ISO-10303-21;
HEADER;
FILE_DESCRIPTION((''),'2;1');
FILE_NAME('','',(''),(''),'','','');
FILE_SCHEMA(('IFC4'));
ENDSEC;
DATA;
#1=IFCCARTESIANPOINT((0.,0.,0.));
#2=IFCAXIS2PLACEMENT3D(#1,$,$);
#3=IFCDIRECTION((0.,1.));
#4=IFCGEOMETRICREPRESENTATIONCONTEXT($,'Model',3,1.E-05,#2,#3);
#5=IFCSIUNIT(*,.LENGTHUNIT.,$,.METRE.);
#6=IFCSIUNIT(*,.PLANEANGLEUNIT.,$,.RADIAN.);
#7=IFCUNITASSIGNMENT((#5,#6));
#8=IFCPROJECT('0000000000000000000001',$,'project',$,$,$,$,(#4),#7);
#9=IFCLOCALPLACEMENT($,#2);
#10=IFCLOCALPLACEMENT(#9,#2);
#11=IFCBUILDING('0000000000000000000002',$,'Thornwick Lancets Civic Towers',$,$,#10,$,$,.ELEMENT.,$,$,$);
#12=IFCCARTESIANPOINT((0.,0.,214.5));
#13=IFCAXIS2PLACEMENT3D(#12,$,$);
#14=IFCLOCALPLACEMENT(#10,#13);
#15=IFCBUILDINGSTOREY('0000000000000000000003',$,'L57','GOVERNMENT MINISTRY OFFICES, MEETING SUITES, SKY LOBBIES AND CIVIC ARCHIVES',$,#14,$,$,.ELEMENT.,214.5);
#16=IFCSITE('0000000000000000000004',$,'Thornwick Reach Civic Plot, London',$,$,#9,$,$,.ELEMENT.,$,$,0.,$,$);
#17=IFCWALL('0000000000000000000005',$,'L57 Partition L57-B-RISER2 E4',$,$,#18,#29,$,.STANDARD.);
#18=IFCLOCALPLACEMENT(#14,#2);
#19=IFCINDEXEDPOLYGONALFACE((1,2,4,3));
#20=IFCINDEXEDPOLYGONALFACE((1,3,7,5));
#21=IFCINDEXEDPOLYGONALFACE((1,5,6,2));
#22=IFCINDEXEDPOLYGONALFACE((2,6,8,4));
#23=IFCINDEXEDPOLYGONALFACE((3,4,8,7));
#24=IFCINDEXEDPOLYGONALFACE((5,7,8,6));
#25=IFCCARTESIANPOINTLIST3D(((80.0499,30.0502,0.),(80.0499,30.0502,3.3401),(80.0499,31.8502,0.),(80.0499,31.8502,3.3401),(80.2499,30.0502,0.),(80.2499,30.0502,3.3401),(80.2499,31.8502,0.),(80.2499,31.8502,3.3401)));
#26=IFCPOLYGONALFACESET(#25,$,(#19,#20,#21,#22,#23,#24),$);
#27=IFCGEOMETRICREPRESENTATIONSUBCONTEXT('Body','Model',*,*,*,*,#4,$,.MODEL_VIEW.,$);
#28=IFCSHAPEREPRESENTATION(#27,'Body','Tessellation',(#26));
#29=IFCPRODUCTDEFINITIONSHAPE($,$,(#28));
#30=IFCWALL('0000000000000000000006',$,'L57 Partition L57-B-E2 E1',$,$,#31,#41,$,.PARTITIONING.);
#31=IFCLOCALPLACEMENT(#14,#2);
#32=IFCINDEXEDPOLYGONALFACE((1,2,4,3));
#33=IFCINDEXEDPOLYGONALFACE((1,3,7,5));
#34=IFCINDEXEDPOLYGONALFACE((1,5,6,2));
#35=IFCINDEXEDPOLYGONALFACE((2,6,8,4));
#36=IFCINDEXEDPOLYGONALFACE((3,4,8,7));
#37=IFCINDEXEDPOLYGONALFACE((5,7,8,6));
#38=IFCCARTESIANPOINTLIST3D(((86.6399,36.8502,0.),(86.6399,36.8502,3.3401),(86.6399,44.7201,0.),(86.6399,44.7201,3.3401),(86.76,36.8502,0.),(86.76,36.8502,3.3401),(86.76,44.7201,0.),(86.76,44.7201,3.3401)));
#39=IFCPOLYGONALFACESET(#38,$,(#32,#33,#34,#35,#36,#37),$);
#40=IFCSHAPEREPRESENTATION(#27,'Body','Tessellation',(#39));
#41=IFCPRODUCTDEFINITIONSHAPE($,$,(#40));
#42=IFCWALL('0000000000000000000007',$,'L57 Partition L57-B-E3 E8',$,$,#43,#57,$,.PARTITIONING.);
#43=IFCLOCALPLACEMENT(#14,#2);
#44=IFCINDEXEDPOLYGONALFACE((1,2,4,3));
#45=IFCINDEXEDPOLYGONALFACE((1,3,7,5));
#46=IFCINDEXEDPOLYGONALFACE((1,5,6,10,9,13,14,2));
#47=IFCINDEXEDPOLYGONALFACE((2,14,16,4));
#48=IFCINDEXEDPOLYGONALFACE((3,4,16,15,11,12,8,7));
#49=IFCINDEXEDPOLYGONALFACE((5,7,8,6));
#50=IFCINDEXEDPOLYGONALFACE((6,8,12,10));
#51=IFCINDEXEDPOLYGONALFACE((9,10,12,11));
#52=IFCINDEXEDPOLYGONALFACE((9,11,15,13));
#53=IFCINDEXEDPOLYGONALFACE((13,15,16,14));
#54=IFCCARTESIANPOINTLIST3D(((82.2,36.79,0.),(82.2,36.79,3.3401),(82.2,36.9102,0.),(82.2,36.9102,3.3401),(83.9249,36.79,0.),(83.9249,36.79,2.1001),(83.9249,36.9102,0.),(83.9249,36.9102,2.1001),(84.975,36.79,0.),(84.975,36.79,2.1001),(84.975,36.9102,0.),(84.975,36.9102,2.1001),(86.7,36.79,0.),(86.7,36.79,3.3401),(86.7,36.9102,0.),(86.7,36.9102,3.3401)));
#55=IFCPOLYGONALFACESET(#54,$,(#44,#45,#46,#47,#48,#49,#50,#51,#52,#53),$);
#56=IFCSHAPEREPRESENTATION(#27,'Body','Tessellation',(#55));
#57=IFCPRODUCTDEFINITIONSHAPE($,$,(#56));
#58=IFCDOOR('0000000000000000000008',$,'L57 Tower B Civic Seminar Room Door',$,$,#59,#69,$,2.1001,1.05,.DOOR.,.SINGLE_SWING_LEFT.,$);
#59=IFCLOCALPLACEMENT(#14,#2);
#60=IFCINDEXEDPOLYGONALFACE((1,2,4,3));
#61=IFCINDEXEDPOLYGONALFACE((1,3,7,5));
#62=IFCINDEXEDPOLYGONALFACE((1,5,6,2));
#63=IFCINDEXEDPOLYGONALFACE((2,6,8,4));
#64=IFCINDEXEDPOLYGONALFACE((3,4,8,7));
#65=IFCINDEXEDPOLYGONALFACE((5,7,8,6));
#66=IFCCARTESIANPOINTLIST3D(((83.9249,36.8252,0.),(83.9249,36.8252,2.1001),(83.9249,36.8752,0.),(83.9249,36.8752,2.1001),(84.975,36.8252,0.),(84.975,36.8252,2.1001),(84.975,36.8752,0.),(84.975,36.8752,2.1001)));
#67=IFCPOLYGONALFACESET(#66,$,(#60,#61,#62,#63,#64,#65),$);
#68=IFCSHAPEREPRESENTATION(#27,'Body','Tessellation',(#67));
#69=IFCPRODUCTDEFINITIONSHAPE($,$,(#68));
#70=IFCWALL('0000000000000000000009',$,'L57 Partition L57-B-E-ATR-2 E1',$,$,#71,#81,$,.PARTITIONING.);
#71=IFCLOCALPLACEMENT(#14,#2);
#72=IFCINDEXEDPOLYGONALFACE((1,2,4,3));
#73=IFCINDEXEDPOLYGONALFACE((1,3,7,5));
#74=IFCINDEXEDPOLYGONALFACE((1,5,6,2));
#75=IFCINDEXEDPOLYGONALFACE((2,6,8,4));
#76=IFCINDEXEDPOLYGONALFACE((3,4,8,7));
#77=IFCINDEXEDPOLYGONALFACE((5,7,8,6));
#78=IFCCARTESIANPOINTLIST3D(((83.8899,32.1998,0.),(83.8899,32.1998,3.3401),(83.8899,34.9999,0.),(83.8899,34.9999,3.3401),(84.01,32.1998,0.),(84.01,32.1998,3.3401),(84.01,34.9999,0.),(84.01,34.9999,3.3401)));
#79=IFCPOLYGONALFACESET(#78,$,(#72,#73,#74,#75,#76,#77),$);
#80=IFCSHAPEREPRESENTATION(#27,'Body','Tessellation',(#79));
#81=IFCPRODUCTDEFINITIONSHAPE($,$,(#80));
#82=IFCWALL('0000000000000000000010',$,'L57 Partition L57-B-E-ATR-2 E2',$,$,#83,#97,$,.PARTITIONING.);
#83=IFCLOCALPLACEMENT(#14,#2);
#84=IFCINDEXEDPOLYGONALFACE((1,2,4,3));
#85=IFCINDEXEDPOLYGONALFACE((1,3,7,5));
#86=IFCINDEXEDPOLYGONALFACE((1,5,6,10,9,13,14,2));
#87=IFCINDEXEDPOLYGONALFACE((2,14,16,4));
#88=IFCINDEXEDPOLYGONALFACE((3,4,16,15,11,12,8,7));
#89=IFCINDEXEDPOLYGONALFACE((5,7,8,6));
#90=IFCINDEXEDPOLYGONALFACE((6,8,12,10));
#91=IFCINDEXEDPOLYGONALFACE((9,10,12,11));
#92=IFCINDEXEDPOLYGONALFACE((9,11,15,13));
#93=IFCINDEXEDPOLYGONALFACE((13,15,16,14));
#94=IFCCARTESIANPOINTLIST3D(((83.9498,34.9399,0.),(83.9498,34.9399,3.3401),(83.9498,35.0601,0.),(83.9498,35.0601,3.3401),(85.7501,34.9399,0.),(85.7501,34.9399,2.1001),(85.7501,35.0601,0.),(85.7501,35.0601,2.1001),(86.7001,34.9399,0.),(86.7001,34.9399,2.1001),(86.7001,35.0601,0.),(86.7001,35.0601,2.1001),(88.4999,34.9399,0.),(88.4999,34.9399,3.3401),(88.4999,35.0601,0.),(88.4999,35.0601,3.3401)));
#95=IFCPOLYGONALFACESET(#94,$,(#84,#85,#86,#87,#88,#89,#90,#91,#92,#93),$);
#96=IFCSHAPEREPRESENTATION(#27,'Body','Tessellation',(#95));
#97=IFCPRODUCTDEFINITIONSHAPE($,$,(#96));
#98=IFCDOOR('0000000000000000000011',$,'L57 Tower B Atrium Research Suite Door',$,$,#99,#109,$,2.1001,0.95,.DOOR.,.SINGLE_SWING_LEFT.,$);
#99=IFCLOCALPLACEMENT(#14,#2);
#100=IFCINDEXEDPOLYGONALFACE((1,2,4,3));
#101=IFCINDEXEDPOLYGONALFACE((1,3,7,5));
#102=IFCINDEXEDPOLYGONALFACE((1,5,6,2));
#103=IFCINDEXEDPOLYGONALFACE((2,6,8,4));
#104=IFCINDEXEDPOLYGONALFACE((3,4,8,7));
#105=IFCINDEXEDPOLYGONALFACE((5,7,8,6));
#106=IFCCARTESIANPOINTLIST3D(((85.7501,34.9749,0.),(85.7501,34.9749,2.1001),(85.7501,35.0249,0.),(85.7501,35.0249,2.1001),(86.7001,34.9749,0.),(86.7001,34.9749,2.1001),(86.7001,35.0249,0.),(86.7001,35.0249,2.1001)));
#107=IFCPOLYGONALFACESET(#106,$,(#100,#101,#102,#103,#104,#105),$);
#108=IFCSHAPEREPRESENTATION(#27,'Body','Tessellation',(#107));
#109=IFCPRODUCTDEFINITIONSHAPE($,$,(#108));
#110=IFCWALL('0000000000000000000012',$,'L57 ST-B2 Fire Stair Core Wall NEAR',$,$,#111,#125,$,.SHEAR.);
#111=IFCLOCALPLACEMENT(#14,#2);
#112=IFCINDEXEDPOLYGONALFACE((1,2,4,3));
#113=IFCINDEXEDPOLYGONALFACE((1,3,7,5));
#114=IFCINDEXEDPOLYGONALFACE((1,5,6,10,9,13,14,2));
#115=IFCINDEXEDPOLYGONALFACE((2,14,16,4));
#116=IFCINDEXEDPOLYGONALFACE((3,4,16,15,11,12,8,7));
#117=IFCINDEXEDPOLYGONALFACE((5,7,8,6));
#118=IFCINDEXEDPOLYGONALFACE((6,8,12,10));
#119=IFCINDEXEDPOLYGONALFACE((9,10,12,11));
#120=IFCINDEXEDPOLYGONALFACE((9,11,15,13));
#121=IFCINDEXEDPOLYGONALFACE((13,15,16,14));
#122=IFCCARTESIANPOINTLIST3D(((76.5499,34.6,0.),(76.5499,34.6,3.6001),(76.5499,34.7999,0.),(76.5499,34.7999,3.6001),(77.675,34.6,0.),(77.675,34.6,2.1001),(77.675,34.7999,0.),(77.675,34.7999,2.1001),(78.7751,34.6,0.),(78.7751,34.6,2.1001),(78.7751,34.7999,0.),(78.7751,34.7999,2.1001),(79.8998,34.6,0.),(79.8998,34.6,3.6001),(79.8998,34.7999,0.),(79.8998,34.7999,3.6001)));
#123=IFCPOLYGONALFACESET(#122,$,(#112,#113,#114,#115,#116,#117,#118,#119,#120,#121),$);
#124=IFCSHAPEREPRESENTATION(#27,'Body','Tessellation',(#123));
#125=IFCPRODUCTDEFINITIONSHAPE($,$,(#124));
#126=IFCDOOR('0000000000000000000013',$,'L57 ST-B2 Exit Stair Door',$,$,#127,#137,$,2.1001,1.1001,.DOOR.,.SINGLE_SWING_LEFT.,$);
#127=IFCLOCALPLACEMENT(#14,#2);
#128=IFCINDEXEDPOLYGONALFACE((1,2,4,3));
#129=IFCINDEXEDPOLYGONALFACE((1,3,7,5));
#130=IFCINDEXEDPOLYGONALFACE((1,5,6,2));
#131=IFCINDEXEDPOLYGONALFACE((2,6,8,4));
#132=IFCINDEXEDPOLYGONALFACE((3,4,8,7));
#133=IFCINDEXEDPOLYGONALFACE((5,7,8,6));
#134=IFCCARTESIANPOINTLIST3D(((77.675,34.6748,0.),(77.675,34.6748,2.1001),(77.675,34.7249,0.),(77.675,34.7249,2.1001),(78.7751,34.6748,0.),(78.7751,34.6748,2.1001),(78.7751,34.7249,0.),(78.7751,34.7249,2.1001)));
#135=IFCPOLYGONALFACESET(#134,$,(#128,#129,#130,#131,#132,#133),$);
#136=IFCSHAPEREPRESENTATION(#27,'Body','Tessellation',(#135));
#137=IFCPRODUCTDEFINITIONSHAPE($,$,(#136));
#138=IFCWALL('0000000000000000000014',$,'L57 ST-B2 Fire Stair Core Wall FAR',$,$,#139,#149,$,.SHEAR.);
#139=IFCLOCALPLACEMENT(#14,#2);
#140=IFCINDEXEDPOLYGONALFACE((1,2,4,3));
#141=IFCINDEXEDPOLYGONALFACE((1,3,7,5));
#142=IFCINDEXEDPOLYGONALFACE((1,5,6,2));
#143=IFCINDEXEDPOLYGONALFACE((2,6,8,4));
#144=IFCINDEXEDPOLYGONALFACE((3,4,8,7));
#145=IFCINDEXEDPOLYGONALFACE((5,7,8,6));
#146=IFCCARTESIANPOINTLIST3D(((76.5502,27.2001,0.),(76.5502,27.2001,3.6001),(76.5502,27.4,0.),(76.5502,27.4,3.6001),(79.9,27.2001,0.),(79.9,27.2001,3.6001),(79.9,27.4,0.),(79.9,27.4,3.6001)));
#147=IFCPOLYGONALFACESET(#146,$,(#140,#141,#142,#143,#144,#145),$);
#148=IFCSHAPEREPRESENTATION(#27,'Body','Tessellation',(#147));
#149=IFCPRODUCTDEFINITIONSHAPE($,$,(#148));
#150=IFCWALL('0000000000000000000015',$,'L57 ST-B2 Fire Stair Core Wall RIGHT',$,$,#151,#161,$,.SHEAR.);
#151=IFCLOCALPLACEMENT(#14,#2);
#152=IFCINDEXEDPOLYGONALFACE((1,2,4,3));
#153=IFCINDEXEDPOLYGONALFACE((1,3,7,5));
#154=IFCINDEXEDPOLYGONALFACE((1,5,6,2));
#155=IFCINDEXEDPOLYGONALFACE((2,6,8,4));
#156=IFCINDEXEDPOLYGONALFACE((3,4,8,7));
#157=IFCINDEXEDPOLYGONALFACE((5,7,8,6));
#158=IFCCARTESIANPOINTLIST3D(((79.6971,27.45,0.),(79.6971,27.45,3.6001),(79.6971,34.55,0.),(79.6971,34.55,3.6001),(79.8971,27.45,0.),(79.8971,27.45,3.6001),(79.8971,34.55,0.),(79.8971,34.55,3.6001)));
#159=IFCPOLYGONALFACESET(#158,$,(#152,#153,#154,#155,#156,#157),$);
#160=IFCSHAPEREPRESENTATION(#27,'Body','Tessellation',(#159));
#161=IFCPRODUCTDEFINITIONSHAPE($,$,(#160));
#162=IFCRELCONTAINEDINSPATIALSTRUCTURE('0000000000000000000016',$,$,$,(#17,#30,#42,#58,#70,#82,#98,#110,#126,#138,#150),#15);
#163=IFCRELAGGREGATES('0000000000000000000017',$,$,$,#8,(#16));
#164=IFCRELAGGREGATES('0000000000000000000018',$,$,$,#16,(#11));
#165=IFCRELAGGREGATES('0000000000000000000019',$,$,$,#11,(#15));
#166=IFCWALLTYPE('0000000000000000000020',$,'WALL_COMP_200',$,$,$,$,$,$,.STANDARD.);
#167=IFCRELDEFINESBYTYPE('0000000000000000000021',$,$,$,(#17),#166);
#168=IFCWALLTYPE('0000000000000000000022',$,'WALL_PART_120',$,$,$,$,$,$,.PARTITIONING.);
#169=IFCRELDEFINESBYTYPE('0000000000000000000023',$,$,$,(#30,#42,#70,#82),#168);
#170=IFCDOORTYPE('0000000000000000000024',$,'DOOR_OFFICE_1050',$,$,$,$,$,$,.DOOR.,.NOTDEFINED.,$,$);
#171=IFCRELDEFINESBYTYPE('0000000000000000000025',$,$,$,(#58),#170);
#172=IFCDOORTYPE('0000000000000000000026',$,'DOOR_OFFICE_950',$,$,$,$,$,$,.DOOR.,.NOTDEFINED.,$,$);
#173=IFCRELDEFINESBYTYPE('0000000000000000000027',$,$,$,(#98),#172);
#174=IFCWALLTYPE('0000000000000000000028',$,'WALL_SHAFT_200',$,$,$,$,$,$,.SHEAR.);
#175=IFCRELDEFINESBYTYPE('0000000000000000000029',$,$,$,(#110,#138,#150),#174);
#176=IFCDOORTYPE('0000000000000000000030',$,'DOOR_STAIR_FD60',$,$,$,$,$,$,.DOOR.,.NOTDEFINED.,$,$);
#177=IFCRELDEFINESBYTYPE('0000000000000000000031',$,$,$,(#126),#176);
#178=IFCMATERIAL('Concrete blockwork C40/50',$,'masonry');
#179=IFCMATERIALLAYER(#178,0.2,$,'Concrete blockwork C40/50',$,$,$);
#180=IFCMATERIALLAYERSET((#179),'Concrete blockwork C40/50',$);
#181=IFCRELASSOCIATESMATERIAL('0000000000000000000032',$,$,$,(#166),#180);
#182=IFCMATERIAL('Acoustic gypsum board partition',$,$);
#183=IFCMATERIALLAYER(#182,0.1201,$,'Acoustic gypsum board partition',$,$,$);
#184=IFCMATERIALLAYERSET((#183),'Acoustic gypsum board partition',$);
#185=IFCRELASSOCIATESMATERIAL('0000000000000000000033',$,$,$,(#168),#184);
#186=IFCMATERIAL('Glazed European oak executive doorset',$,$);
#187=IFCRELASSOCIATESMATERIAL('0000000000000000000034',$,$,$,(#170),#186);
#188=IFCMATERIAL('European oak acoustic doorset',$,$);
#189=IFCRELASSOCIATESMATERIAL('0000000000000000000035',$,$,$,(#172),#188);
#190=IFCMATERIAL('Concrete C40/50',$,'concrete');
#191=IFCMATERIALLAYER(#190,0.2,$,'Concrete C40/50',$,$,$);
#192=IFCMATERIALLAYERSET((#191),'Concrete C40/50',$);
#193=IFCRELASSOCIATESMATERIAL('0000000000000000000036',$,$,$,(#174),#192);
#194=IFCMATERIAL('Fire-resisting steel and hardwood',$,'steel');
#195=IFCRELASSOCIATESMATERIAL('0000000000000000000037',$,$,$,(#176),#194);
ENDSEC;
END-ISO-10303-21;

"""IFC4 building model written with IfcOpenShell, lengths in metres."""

from ifc_helpers import new_model, si_unit, direction, frame, frame_2d, origin, place, context, subcontext, project, spatial, rectangle, extrude, material, layer, layer_set, type_object, element, fill, save


model = new_model("IFC4")

# Units and contexts
model_context = context("Model", 3, precision=1e-05, world=origin(), true_north=direction((0.0, 1.0)))
body_context = subcontext(model_context, "Body", "Model", "MODEL_VIEW")
ifc_project = project(units=[si_unit("LENGTHUNIT", "METRE"), si_unit("PLANEANGLEUNIT", "RADIAN")], contexts=[model_context])

# Site, building, storey
site_placement = place(None, origin())
site = spatial("IfcSite", under=ifc_project, at=site_placement, Name="Thornwick Reach Civic Plot, London", CompositionType="ELEMENT", RefElevation=0.0)
building_placement = place(site_placement, origin())
building = spatial("IfcBuilding", under=site, at=building_placement, Name="Thornwick Lancets Civic Towers", CompositionType="ELEMENT")
storey_placement = place(building_placement, frame((0.0, 0.0, 214.5)))
storey = spatial("IfcBuildingStorey", under=building, at=storey_placement, Name="L57", Description="GOVERNMENT MINISTRY OFFICES, MEETING SUITES, SKY LOBBIES AND CIVIC ARCHIVES", CompositionType="ELEMENT", Elevation=214.5)

# Shared definitions
ifc_material_1 = material(Name="Concrete blockwork C40/50", Category="masonry")
ifc_layer_1 = layer(ifc_material_1, 0.2, Name="Concrete blockwork C40/50")
ifc_layer_set_1 = layer_set([ifc_layer_1], Name="Concrete blockwork C40/50")
wall_type_1 = type_object("IfcWallType", Name="WALL_COMP_200", PredefinedType="STANDARD", material=ifc_layer_set_1)

# Walls
wall_1_placement = place(storey_placement, frame((80.1499, 31.8501, 0.0), z_axis=(0.0, 0.0, 1.0), x_axis=(0.0, -1.0, 0.0)))
element("IfcWall", 1, at=wall_1_placement, inside=storey, type_object=wall_type_1, Name="L57 Partition L57-B-RISER2 E4", PredefinedType="STANDARD", context=body_context, shape_type="SweptSolid", body=[
    extrude(rectangle(XDim=1.8, YDim=0.2, at=frame_2d((0.8999, 0.0))), origin(), (0.0, 0.0, 1.0), 3.3401),
])
ifc_material_2 = material(Name="Acoustic gypsum board partition")
ifc_layer_2 = layer(ifc_material_2, 0.1201, Name="Acoustic gypsum board partition")
ifc_layer_set_2 = layer_set([ifc_layer_2], Name="Acoustic gypsum board partition")
wall_type_2 = type_object("IfcWallType", Name="WALL_PART_120", PredefinedType="PARTITIONING", material=ifc_layer_set_2)
wall_2_placement = place(storey_placement, frame((86.7, 36.8501, 0.0), z_axis=(0.0, 0.0, 1.0), x_axis=(0.0, 1.0, 0.0)))
element("IfcWall", 2, at=wall_2_placement, inside=storey, type_object=wall_type_2, Name="L57 Partition L57-B-E2 E1", PredefinedType="PARTITIONING", context=body_context, shape_type="SweptSolid", body=[
    extrude(rectangle(XDim=7.8699, YDim=0.1201, at=frame_2d((3.9351, 0.0))), origin(), (0.0, 0.0, 1.0), 3.3401),
])

# Wall, opening, door
wall_3_placement = place(storey_placement, frame((86.7, 36.8501, 0.0), z_axis=(0.0, 0.0, 1.0), x_axis=(-1.0, 0.0, 0.0)))
wall_3 = element("IfcWall", 3, at=wall_3_placement, inside=storey, type_object=wall_type_2, Name="L57 Partition L57-B-E3 E8", PredefinedType="PARTITIONING", context=body_context, shape_type="SweptSolid", body=[
    extrude(rectangle(XDim=4.5, YDim=0.1201, at=frame_2d((2.25, 0.0))), origin(), (0.0, 0.0, 1.0), 3.3401),
])
opening_1_placement = place(wall_3_placement, frame((1.7251, 0.0, 0.0)))
opening_1 = element("IfcOpeningElement", 4, at=opening_1_placement, cuts=wall_3, PredefinedType="OPENING", context=body_context, shape_type="SweptSolid", body=[
    extrude(rectangle(XDim=1.05, YDim=2.1001, at=frame_2d((0.5249, 1.05))), frame((0.0, 0.0701, 0.0), z_axis=(0.0, -1.0, 0.0), x_axis=(1.0, 0.0, 0.0)), (0.0, 0.0, 1.0), 0.1401),
])
ifc_material_3 = material(Name="Glazed European oak executive doorset")
door_type_1 = type_object("IfcDoorType", Name="DOOR_OFFICE_1050", OperationType="NOTDEFINED", PredefinedType="DOOR", material=ifc_material_3)
door_1_placement = place(opening_1_placement, origin())
door_1 = element("IfcDoor", 5, at=door_1_placement, inside=storey, type_object=door_type_1, Name="L57 Tower B Civic Seminar Room Door", OperationType="SINGLE_SWING_LEFT", OverallHeight=2.1001, OverallWidth=1.05, PredefinedType="DOOR", context=body_context, shape_type="SweptSolid", body=[
    extrude(rectangle(XDim=1.05, YDim=2.1001, at=frame_2d((0.5249, 1.05))), frame((0.0, 0.0249, 0.0), z_axis=(0.0, -1.0, 0.0), x_axis=(1.0, 0.0, 0.0)), (0.0, 0.0, 1.0), 0.05),
])
fill(opening_1, door_1)

# Wall
wall_4_placement = place(storey_placement, frame((83.95, 32.2, 0.0), z_axis=(0.0, 0.0, 1.0), x_axis=(0.0, 1.0, 0.0)))
element("IfcWall", 6, at=wall_4_placement, inside=storey, type_object=wall_type_2, Name="L57 Partition L57-B-E-ATR-2 E1", PredefinedType="PARTITIONING", context=body_context, shape_type="SweptSolid", body=[
    extrude(rectangle(XDim=2.8, YDim=0.1201, at=frame_2d((1.3999, 0.0))), origin(), (0.0, 0.0, 1.0), 3.3401),
])

# Walls, openings, doors
wall_5_placement = place(storey_placement, frame((83.95, 35.0, 0.0), z_axis=(0.0, 0.0, 1.0), x_axis=(1.0, 0.0, 0.0)))
wall_5 = element("IfcWall", 7, at=wall_5_placement, inside=storey, type_object=wall_type_2, Name="L57 Partition L57-B-E-ATR-2 E2", PredefinedType="PARTITIONING", context=body_context, shape_type="SweptSolid", body=[
    extrude(rectangle(XDim=4.55, YDim=0.1201, at=frame_2d((2.2749, 0.0))), origin(), (0.0, 0.0, 1.0), 3.3401),
])
opening_2_placement = place(wall_5_placement, frame((1.8, 0.0, 0.0)))
opening_2 = element("IfcOpeningElement", 8, at=opening_2_placement, cuts=wall_5, PredefinedType="OPENING", context=body_context, shape_type="SweptSolid", body=[
    extrude(rectangle(XDim=0.95, YDim=2.1001, at=frame_2d((0.4751, 1.05))), frame((0.0, 0.0701, 0.0), z_axis=(0.0, -1.0, 0.0), x_axis=(1.0, 0.0, 0.0)), (0.0, 0.0, 1.0), 0.1401),
])
ifc_material_4 = material(Name="European oak acoustic doorset")
door_type_2 = type_object("IfcDoorType", Name="DOOR_OFFICE_950", OperationType="NOTDEFINED", PredefinedType="DOOR", material=ifc_material_4)
door_2_placement = place(opening_2_placement, origin())
door_2 = element("IfcDoor", 9, at=door_2_placement, inside=storey, type_object=door_type_2, Name="L57 Tower B Atrium Research Suite Door", OperationType="SINGLE_SWING_LEFT", OverallHeight=2.1001, OverallWidth=0.95, PredefinedType="DOOR", context=body_context, shape_type="SweptSolid", body=[
    extrude(rectangle(XDim=0.95, YDim=2.1001, at=frame_2d((0.4751, 1.05))), frame((0.0, 0.0249, 0.0), z_axis=(0.0, -1.0, 0.0), x_axis=(1.0, 0.0, 0.0)), (0.0, 0.0, 1.0), 0.05),
])
fill(opening_2, door_2)
ifc_material_5 = material(Name="Concrete C40/50", Category="concrete")
ifc_layer_3 = layer(ifc_material_5, 0.2, Name="Concrete C40/50")
ifc_layer_set_3 = layer_set([ifc_layer_3], Name="Concrete C40/50")
wall_type_3 = type_object("IfcWallType", Name="WALL_SHAFT_200", PredefinedType="SHEAR", material=ifc_layer_set_3)
wall_6_placement = place(storey_placement, frame((76.55, 34.7, 0.0), z_axis=(0.0, 0.0, 1.0), x_axis=(1.0, 0.0, 0.0)))
wall_6 = element("IfcWall", 10, at=wall_6_placement, inside=storey, type_object=wall_type_3, Name="L57 ST-B2 Fire Stair Core Wall NEAR", PredefinedType="SHEAR", context=body_context, shape_type="SweptSolid", body=[
    extrude(rectangle(XDim=3.3499, YDim=0.2, at=frame_2d((1.6748, 0.0))), origin(), (0.0, 0.0, 1.0), 3.6001),
])
opening_3_placement = place(wall_6_placement, frame((1.125, 0.0, 0.0)))
opening_3 = element("IfcOpeningElement", 11, at=opening_3_placement, cuts=wall_6, PredefinedType="OPENING", context=body_context, shape_type="SweptSolid", body=[
    extrude(rectangle(XDim=1.1001, YDim=2.1001, at=frame_2d((0.55, 1.05))), frame((0.0, 0.1099, 0.0), z_axis=(0.0, -1.0, 0.0), x_axis=(1.0, 0.0, 0.0)), (0.0, 0.0, 1.0), 0.22),
])
ifc_material_6 = material(Name="Fire-resisting steel and hardwood", Category="steel")
door_type_3 = type_object("IfcDoorType", Name="DOOR_STAIR_FD60", OperationType="NOTDEFINED", PredefinedType="DOOR", material=ifc_material_6)
door_3_placement = place(opening_3_placement, origin())
door_3 = element("IfcDoor", 12, at=door_3_placement, inside=storey, type_object=door_type_3, Name="L57 ST-B2 Exit Stair Door", OperationType="SINGLE_SWING_LEFT", OverallHeight=2.1001, OverallWidth=1.1001, PredefinedType="DOOR", context=body_context, shape_type="SweptSolid", body=[
    extrude(rectangle(XDim=1.1001, YDim=2.1001, at=frame_2d((0.55, 1.05))), frame((0.0, 0.0249, 0.0), z_axis=(0.0, -1.0, 0.0), x_axis=(1.0, 0.0, 0.0)), (0.0, 0.0, 1.0), 0.05),
])
fill(opening_3, door_3)

# Walls
wall_7_placement = place(storey_placement, frame((79.8999, 27.3, 0.0), z_axis=(0.0, 0.0, 1.0), x_axis=(-1.0, 0.0, 0.0)))
element("IfcWall", 13, at=wall_7_placement, inside=storey, type_object=wall_type_3, Name="L57 ST-B2 Fire Stair Core Wall FAR", PredefinedType="SHEAR", context=body_context, shape_type="SweptSolid", body=[
    extrude(rectangle(XDim=3.3499, YDim=0.2, at=frame_2d((1.6748, 0.0))), origin(), (0.0, 0.0, 1.0), 3.6001),
])
wall_8_placement = place(storey_placement, frame((79.7971, 27.45, 0.0), z_axis=(0.0, 0.0, 1.0), x_axis=(0.0, 1.0, 0.0)))
element("IfcWall", 14, at=wall_8_placement, inside=storey, type_object=wall_type_3, Name="L57 ST-B2 Fire Stair Core Wall RIGHT", PredefinedType="SHEAR", context=body_context, shape_type="SweptSolid", body=[
    extrude(rectangle(XDim=7.1001, YDim=0.2, at=frame_2d((3.55, 0.0))), origin(), (0.0, 0.0, 1.0), 3.6001),
])

save(model, "model.ifc")
